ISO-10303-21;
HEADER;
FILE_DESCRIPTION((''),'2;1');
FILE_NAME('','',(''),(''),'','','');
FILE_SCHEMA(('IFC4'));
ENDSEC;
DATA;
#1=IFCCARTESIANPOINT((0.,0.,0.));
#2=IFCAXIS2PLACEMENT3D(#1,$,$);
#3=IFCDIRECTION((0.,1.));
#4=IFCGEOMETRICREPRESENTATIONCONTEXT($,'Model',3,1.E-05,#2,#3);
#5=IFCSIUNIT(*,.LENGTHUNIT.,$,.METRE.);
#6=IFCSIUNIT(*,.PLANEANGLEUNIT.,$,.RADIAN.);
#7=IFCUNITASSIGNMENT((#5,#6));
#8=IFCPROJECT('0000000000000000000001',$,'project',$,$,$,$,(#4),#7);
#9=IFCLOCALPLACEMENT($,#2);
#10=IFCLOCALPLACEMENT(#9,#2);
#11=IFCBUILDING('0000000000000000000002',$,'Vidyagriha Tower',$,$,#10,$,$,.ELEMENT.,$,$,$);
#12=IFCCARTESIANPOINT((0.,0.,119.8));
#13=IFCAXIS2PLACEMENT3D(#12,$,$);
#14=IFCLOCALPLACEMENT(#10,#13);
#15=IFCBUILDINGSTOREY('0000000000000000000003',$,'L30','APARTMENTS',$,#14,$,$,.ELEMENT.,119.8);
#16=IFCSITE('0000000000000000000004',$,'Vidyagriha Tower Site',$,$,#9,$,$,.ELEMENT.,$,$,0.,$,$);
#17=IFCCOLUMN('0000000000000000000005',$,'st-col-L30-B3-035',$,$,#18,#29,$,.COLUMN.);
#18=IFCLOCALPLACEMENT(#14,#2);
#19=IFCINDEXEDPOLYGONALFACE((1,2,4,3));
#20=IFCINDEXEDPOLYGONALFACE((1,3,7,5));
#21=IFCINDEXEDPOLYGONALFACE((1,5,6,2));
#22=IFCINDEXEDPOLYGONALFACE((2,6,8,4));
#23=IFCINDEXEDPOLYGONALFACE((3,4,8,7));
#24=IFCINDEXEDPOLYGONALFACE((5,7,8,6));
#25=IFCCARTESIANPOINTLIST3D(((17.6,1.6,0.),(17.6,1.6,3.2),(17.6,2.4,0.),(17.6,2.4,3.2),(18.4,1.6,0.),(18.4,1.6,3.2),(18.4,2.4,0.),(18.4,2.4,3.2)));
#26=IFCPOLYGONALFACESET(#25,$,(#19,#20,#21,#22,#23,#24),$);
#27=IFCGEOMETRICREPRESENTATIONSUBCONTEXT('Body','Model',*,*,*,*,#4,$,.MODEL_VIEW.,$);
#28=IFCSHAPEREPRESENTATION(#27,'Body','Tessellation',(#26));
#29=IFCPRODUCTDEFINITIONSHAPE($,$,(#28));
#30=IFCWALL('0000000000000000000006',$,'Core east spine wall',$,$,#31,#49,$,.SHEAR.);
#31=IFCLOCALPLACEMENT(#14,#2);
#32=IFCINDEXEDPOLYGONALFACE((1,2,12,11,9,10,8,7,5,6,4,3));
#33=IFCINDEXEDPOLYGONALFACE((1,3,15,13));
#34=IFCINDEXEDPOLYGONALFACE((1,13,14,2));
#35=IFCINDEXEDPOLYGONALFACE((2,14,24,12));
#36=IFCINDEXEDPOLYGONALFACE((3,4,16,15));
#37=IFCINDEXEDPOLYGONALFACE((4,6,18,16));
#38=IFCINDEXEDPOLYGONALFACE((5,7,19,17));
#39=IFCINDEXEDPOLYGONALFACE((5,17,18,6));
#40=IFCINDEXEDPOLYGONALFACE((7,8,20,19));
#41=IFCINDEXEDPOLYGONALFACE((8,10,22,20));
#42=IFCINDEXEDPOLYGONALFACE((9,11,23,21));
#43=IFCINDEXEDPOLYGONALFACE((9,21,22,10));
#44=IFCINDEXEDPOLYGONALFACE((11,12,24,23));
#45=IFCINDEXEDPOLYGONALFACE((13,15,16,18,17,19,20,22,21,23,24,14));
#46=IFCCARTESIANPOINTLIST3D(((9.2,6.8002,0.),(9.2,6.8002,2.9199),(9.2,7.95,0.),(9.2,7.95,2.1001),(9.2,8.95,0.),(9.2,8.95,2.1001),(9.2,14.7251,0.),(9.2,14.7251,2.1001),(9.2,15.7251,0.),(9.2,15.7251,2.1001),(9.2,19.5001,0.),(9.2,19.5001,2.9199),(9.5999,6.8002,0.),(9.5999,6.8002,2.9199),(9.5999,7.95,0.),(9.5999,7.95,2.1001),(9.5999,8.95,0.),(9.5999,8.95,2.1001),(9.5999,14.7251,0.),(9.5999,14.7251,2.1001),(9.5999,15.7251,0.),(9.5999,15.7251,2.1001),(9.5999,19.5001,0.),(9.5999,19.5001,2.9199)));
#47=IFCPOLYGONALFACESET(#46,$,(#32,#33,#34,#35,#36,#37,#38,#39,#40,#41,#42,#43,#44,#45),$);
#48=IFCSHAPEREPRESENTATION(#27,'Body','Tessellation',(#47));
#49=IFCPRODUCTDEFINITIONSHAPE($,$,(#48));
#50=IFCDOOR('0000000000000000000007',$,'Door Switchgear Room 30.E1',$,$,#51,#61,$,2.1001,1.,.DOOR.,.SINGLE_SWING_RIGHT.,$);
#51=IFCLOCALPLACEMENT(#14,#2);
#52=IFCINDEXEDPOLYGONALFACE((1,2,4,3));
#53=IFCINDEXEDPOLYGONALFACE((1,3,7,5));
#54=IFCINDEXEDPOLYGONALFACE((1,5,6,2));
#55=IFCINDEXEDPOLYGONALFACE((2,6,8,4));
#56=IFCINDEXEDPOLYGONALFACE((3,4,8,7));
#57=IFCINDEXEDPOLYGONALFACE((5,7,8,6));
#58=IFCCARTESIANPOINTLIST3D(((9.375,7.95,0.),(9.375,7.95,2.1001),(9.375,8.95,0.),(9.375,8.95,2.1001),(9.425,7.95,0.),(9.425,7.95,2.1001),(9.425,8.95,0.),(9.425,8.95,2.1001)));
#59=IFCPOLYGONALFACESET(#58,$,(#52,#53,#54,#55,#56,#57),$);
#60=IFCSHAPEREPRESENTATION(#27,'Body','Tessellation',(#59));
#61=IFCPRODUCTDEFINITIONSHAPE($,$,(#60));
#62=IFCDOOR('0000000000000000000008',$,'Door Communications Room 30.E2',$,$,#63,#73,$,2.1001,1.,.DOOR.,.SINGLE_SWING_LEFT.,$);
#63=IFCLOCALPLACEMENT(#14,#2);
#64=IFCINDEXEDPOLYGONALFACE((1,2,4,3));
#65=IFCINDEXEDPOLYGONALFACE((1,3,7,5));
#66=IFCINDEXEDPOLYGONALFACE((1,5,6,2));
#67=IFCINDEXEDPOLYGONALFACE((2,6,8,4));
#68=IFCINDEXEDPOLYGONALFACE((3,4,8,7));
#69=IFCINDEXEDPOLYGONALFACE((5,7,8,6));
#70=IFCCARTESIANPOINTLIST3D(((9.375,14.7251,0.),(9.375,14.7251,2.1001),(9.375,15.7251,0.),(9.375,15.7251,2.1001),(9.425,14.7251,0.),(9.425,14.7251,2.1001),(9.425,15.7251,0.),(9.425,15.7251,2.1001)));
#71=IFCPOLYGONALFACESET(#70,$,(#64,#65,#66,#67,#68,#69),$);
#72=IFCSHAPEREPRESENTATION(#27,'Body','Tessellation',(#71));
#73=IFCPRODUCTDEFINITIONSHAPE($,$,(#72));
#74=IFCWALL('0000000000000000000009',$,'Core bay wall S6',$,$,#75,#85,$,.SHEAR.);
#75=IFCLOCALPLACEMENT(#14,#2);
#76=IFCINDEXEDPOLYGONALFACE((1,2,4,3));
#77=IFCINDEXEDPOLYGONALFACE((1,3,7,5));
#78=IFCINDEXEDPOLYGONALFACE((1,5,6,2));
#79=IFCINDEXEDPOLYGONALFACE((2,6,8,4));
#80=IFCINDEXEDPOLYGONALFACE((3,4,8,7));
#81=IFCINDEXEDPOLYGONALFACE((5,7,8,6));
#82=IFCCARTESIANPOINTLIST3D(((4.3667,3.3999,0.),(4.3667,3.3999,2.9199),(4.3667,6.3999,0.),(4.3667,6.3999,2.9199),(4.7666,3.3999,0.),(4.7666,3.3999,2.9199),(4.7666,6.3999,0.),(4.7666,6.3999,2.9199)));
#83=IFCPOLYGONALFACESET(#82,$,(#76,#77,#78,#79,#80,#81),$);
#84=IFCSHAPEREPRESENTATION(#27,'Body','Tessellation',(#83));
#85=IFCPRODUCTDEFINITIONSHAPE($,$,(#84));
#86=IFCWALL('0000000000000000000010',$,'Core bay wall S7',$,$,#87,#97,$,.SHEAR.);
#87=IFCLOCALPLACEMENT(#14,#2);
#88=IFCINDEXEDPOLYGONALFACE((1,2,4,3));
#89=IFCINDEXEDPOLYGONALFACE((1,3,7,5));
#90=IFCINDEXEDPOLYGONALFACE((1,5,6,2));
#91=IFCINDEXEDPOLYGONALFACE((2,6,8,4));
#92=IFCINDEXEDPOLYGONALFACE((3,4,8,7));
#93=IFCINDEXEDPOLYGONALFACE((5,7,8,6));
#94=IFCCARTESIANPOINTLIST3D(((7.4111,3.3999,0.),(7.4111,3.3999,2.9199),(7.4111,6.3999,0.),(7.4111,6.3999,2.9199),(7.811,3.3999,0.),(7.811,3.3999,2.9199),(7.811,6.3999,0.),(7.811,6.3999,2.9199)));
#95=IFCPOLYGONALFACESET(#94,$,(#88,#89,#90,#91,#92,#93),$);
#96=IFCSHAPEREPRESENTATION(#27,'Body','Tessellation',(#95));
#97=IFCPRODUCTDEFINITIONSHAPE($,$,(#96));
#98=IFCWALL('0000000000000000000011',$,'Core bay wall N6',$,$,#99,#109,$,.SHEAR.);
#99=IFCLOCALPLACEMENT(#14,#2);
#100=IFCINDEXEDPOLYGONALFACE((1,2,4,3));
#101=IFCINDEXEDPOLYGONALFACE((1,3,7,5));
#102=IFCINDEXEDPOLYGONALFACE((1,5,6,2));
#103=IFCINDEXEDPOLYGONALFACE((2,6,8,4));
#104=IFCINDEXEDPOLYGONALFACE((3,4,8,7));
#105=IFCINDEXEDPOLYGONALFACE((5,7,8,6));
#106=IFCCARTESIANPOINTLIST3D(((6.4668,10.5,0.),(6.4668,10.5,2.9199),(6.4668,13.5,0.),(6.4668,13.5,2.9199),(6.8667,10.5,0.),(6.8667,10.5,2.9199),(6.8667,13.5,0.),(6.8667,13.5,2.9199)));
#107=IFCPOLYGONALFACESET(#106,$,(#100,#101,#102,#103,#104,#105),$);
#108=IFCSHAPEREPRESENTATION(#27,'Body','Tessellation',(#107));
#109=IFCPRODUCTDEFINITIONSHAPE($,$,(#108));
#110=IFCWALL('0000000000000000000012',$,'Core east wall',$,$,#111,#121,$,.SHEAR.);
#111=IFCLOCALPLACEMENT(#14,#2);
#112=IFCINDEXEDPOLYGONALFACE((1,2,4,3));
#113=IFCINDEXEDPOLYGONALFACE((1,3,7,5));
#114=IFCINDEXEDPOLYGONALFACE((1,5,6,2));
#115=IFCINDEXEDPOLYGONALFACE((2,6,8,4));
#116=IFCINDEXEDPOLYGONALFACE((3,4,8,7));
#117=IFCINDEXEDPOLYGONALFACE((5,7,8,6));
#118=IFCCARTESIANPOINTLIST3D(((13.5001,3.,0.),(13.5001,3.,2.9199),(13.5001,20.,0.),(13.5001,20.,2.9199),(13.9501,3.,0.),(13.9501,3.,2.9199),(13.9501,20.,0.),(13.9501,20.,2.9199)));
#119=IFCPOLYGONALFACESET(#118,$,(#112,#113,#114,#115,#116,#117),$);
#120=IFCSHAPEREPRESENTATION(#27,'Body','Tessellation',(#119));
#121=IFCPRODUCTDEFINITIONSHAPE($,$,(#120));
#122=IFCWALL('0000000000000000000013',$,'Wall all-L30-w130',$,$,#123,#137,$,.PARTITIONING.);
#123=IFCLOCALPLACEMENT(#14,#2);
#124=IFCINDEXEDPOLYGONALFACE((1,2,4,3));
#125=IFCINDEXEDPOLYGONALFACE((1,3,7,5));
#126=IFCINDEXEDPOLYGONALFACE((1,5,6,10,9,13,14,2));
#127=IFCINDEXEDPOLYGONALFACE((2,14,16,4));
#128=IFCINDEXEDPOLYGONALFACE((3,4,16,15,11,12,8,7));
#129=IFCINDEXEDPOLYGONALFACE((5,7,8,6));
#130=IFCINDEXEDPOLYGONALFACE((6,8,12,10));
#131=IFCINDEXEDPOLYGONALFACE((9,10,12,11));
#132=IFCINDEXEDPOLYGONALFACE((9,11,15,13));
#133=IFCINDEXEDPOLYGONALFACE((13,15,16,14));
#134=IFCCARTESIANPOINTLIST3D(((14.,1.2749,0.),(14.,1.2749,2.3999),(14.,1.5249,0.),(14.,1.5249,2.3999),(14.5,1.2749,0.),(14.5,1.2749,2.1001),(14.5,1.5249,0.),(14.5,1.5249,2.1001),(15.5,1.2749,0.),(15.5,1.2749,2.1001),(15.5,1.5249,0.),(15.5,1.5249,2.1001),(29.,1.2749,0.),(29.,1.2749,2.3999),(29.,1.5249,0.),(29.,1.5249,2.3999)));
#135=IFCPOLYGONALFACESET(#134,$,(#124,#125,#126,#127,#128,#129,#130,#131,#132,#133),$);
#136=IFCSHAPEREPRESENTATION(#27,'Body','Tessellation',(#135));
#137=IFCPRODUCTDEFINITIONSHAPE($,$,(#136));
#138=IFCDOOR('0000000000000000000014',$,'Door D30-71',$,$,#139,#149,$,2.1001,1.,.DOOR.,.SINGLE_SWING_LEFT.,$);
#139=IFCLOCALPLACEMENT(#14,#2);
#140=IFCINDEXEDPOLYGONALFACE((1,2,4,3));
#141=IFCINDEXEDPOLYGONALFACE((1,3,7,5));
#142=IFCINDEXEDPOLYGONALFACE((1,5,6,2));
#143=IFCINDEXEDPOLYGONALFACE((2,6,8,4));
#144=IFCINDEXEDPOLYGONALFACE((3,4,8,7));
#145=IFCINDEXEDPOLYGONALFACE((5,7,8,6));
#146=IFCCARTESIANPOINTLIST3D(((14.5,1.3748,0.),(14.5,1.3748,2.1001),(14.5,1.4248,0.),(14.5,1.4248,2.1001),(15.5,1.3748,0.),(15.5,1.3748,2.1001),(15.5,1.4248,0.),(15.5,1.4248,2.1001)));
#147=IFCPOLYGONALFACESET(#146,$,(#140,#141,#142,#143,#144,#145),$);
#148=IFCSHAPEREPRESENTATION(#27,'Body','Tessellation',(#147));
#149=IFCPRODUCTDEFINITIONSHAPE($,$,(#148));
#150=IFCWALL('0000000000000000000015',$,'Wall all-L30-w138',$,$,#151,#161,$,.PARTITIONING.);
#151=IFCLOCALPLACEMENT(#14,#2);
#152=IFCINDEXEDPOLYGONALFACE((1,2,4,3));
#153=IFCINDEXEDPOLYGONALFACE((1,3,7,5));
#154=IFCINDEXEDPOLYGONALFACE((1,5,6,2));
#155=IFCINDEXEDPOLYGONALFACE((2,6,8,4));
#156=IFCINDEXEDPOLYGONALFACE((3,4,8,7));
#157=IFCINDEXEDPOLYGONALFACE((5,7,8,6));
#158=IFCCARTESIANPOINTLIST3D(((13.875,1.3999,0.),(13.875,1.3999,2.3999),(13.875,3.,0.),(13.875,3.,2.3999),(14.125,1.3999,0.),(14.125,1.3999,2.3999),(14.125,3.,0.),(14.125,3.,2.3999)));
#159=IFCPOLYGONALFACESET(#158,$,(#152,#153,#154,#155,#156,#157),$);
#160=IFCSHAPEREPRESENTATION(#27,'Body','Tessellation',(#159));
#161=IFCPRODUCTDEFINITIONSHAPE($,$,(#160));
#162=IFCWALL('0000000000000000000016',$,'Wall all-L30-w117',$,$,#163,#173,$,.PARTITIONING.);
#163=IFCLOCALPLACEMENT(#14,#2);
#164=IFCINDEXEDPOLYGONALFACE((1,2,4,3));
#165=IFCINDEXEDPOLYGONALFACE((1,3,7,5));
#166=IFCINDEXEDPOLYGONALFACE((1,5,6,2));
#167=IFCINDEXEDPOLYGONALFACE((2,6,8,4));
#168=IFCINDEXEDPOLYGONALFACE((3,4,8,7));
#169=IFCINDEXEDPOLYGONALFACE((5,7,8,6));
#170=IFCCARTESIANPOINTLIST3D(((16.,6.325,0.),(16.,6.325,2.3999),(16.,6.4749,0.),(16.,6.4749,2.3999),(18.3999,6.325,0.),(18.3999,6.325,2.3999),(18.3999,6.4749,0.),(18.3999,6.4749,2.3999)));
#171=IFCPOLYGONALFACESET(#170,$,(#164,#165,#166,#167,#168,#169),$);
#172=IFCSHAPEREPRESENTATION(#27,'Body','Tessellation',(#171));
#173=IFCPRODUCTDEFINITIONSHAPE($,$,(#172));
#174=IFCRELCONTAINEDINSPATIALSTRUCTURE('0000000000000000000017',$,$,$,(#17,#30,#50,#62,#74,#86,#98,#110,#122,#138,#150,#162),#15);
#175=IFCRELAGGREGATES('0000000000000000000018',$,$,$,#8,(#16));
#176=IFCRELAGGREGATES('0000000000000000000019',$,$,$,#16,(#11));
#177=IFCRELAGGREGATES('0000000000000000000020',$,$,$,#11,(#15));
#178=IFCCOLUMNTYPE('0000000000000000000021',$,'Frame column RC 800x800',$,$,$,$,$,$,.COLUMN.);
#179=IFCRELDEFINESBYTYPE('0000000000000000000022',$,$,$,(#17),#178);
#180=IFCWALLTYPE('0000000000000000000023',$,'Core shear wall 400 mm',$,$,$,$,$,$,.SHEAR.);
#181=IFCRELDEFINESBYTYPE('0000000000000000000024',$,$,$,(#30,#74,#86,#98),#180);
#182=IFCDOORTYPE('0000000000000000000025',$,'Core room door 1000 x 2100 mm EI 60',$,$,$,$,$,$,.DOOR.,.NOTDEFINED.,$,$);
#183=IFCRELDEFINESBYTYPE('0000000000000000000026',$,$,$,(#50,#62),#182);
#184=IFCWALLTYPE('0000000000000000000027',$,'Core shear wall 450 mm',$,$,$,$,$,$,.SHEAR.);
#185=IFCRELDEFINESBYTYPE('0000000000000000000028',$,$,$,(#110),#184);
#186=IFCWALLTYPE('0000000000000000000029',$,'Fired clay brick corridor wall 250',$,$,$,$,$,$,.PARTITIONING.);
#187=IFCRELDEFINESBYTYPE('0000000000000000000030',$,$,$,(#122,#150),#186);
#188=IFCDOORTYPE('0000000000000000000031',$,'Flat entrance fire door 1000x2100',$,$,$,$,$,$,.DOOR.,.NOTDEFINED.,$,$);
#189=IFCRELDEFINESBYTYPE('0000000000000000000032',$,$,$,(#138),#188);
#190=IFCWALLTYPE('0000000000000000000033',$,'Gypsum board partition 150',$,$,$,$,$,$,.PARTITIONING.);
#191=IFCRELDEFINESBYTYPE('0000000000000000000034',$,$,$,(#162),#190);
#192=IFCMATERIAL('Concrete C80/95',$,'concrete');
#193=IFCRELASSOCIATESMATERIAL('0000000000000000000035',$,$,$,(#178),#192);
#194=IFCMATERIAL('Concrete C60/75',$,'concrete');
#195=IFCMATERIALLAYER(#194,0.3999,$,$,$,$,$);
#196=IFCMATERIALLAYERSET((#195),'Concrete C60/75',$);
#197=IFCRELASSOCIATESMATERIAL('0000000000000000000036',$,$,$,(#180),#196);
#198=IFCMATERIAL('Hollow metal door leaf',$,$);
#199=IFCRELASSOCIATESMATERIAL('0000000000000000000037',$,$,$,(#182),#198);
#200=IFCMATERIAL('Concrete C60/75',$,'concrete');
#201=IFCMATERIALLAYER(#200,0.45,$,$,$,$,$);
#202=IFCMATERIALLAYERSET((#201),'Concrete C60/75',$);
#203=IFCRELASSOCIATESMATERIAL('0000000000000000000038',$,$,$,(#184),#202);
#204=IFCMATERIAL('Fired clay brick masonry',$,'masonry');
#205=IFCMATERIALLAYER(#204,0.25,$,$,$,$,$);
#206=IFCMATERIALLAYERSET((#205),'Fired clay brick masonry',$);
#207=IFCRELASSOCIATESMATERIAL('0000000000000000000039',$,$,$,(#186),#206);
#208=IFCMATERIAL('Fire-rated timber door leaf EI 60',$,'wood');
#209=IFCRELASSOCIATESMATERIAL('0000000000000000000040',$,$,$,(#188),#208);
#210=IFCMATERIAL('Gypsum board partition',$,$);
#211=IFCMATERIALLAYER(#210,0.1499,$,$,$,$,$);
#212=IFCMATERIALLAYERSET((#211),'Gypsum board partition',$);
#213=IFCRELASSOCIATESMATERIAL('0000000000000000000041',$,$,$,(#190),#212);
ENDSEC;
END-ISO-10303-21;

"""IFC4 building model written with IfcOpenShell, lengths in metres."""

from ifc_helpers import new_model, si_unit, direction, frame, frame_2d, origin, origin_2d, place, context, subcontext, project, spatial, rectangle, extrude, material, layer, layer_set, material_profile, profile_set, type_object, element, fill, save


model = new_model("IFC4")

# Units and contexts
model_context = context("Model", 3, precision=1e-05, world=origin(), true_north=direction((0.0, 1.0)))
body_context = subcontext(model_context, "Body", "Model", "MODEL_VIEW")
ifc_project = project(units=[si_unit("LENGTHUNIT", "METRE"), si_unit("PLANEANGLEUNIT", "RADIAN")], contexts=[model_context])

# Site, building, storey
site_placement = place(None, origin())
site = spatial("IfcSite", under=ifc_project, at=site_placement, Name="Vidyagriha Tower Site", CompositionType="ELEMENT", RefElevation=0.0)
building_placement = place(site_placement, origin())
building = spatial("IfcBuilding", under=site, at=building_placement, Name="Vidyagriha Tower", CompositionType="ELEMENT")
storey_placement = place(building_placement, frame((0.0, 0.0, 119.8)))
storey = spatial("IfcBuildingStorey", under=building, at=storey_placement, Name="L30", Description="APARTMENTS", CompositionType="ELEMENT", Elevation=119.8)

# Column
ifc_material_1 = material(Name="Concrete C80/95", Category="concrete")
ifc_material_profile = material_profile(ifc_material_1, rectangle(XDim=0.8, YDim=0.8, at=origin_2d()), Name="RC 800x800")
ifc_profile_set = profile_set([ifc_material_profile], Name="Concrete C80/95")
column_type = type_object("IfcColumnType", Name="Frame column RC 800x800", PredefinedType="COLUMN", material=ifc_profile_set)
column_placement = place(storey_placement, frame((18.0, 2.0, 0.0)))
element("IfcColumn", 1, at=column_placement, inside=storey, type_object=column_type, Name="st-col-L30-B3-035", PredefinedType="COLUMN", context=body_context, shape_type="SweptSolid", body=[
    extrude(rectangle(XDim=0.8, YDim=0.8, at=origin_2d()), origin(), (0.0, 0.0, 1.0), 3.2),
])

# Wall, openings, doors
ifc_material_2 = material(Name="Concrete C60/75", Category="concrete")
ifc_layer_1 = layer(ifc_material_2, 0.3999)
ifc_layer_set_1 = layer_set([ifc_layer_1], Name="Concrete C60/75")
wall_type_1 = type_object("IfcWallType", Name="Core shear wall 400 mm", PredefinedType="SHEAR", material=ifc_layer_set_1)
wall_1_placement = place(storey_placement, frame((9.3999, 6.8, 0.0), z_axis=(0.0, 0.0, 1.0), x_axis=(0.0, 1.0, 0.0)))
wall_1 = element("IfcWall", 2, at=wall_1_placement, inside=storey, type_object=wall_type_1, Name="Core east spine wall", PredefinedType="SHEAR", context=body_context, shape_type="SweptSolid", body=[
    extrude(rectangle(XDim=12.7, YDim=0.3999, at=frame_2d((6.3501, 0.0))), origin(), (0.0, 0.0, 1.0), 2.9199),
])
opening_1_placement = place(wall_1_placement, frame((1.1499, 0.0, 0.0)))
opening_1 = element("IfcOpeningElement", 3, at=opening_1_placement, cuts=wall_1, PredefinedType="OPENING", context=body_context, shape_type="SweptSolid", body=[
    extrude(rectangle(XDim=1.0, YDim=2.1001, at=frame_2d((0.5, 1.05))), frame((0.0, 0.21, 0.0), z_axis=(0.0, -1.0, 0.0), x_axis=(1.0, 0.0, 0.0)), (0.0, 0.0, 1.0), 0.4199),
])
opening_2_placement = place(wall_1_placement, frame((7.925, 0.0, 0.0)))
opening_2 = element("IfcOpeningElement", 4, at=opening_2_placement, cuts=wall_1, PredefinedType="OPENING", context=body_context, shape_type="SweptSolid", body=[
    extrude(rectangle(XDim=1.0, YDim=2.1001, at=frame_2d((0.5, 1.05))), frame((0.0, 0.21, 0.0), z_axis=(0.0, -1.0, 0.0), x_axis=(1.0, 0.0, 0.0)), (0.0, 0.0, 1.0), 0.4199),
])
ifc_material_3 = material(Name="Hollow metal door leaf")
door_type_1 = type_object("IfcDoorType", Name="Core room door 1000 x 2100 mm EI 60", OperationType="NOTDEFINED", PredefinedType="DOOR", material=ifc_material_3)
door_1_placement = place(opening_1_placement, origin())
door_1 = element("IfcDoor", 5, at=door_1_placement, inside=storey, type_object=door_type_1, Name="Door Switchgear Room 30.E1", OperationType="SINGLE_SWING_RIGHT", OverallHeight=2.1001, OverallWidth=1.0, PredefinedType="DOOR", context=body_context, shape_type="SweptSolid", body=[
    extrude(rectangle(XDim=1.0, YDim=2.1001, at=frame_2d((0.5, 1.05))), frame((0.0, 0.0249, 0.0), z_axis=(0.0, -1.0, 0.0), x_axis=(1.0, 0.0, 0.0)), (0.0, 0.0, 1.0), 0.05),
])
fill(opening_1, door_1)
door_2_placement = place(opening_2_placement, origin())
door_2 = element("IfcDoor", 6, at=door_2_placement, inside=storey, type_object=door_type_1, Name="Door Communications Room 30.E2", OperationType="SINGLE_SWING_LEFT", OverallHeight=2.1001, OverallWidth=1.0, PredefinedType="DOOR", context=body_context, shape_type="SweptSolid", body=[
    extrude(rectangle(XDim=1.0, YDim=2.1001, at=frame_2d((0.5, 1.05))), frame((0.0, 0.0249, 0.0), z_axis=(0.0, -1.0, 0.0), x_axis=(1.0, 0.0, 0.0)), (0.0, 0.0, 1.0), 0.05),
])
fill(opening_2, door_2)

# Walls
for number, where, z_axis, x_axis, name in (
    (7, (4.5667, 3.3999, 0.0), (0.0, 0.0, 1.0), (0.0, 1.0, 0.0), "Core bay wall S6"),
    (8, (7.6111, 3.3999, 0.0), (0.0, 0.0, 1.0), (0.0, 1.0, 0.0), "Core bay wall S7"),
    (9, (6.6667, 10.5, 0.0), (0.0, 0.0, 1.0), (0.0, 1.0, 0.0), "Core bay wall N6"),
):
    element("IfcWall", number, at=place(storey_placement, frame(where, z_axis=z_axis, x_axis=x_axis)), inside=storey, type_object=wall_type_1, Name=name, PredefinedType="SHEAR", context=body_context, shape_type="SweptSolid", body=[
        extrude(rectangle(XDim=3.0, YDim=0.3999, at=frame_2d((1.5, 0.0))), origin(), (0.0, 0.0, 1.0), 2.9199),
    ])
ifc_material_4 = material(Name="Concrete C60/75", Category="concrete")
ifc_layer_2 = layer(ifc_material_4, 0.45)
ifc_layer_set_2 = layer_set([ifc_layer_2], Name="Concrete C60/75")
wall_type_2 = type_object("IfcWallType", Name="Core shear wall 450 mm", PredefinedType="SHEAR", material=ifc_layer_set_2)
wall_2_placement = place(storey_placement, frame((13.7251, 3.0, 0.0), z_axis=(0.0, 0.0, 1.0), x_axis=(0.0, 1.0, 0.0)))
element("IfcWall", 10, at=wall_2_placement, inside=storey, type_object=wall_type_2, Name="Core east wall", PredefinedType="SHEAR", context=body_context, shape_type="SweptSolid", body=[
    extrude(rectangle(XDim=17.0, YDim=0.45, at=frame_2d((8.5, 0.0))), origin(), (0.0, 0.0, 1.0), 2.9199),
])

# Wall, opening, door
ifc_material_5 = material(Name="Fired clay brick masonry", Category="masonry")
ifc_layer_3 = layer(ifc_material_5, 0.25)
ifc_layer_set_3 = layer_set([ifc_layer_3], Name="Fired clay brick masonry")
wall_type_3 = type_object("IfcWallType", Name="Fired clay brick corridor wall 250", PredefinedType="PARTITIONING", material=ifc_layer_set_3)
wall_3_placement = place(storey_placement, frame((14.0, 1.3999, 0.0)))
wall_3 = element("IfcWall", 11, at=wall_3_placement, inside=storey, type_object=wall_type_3, Name="Wall all-L30-w130", PredefinedType="PARTITIONING", context=body_context, shape_type="SweptSolid", body=[
    extrude(rectangle(XDim=15.0, YDim=0.25, at=frame_2d((7.5, 0.0))), origin(), (0.0, 0.0, 1.0), 2.3999),
])
opening_3_placement = place(wall_3_placement, frame((0.5, 0.0, 0.0)))
opening_3 = element("IfcOpeningElement", 12, at=opening_3_placement, cuts=wall_3, PredefinedType="OPENING", context=body_context, shape_type="SweptSolid", body=[
    extrude(rectangle(XDim=1.0, YDim=2.1001, at=frame_2d((0.5, 1.05))), frame((0.0, 0.135, 0.0), z_axis=(0.0, -1.0, 0.0), x_axis=(1.0, 0.0, 0.0)), (0.0, 0.0, 1.0), 0.27),
])
ifc_material_6 = material(Name="Fire-rated timber door leaf EI 60", Category="wood")
door_type_2 = type_object("IfcDoorType", Name="Flat entrance fire door 1000x2100", OperationType="NOTDEFINED", PredefinedType="DOOR", material=ifc_material_6)
door_3_placement = place(opening_3_placement, origin())
door_3 = element("IfcDoor", 13, at=door_3_placement, inside=storey, type_object=door_type_2, Name="Door D30-71", OperationType="SINGLE_SWING_LEFT", OverallHeight=2.1001, OverallWidth=1.0, PredefinedType="DOOR", context=body_context, shape_type="SweptSolid", body=[
    extrude(rectangle(XDim=1.0, YDim=2.1001, at=frame_2d((0.5, 1.05))), frame((0.0, 0.0249, 0.0), z_axis=(0.0, -1.0, 0.0), x_axis=(1.0, 0.0, 0.0)), (0.0, 0.0, 1.0), 0.05),
])
fill(opening_3, door_3)

# Walls
wall_4_placement = place(storey_placement, frame((14.0, 1.3999, 0.0), z_axis=(0.0, 0.0, 1.0), x_axis=(0.0, 1.0, 0.0)))
element("IfcWall", 14, at=wall_4_placement, inside=storey, type_object=wall_type_3, Name="Wall all-L30-w138", PredefinedType="PARTITIONING", context=body_context, shape_type="SweptSolid", body=[
    extrude(rectangle(XDim=1.6001, YDim=0.25, at=frame_2d((0.8, 0.0))), origin(), (0.0, 0.0, 1.0), 2.3999),
])
ifc_material_7 = material(Name="Gypsum board partition")
ifc_layer_4 = layer(ifc_material_7, 0.1499)
ifc_layer_set_4 = layer_set([ifc_layer_4], Name="Gypsum board partition")
wall_type_4 = type_object("IfcWallType", Name="Gypsum board partition 150", PredefinedType="PARTITIONING", material=ifc_layer_set_4)
wall_5_placement = place(storey_placement, frame((16.0, 6.3999, 0.0)))
element("IfcWall", 15, at=wall_5_placement, inside=storey, type_object=wall_type_4, Name="Wall all-L30-w117", PredefinedType="PARTITIONING", context=body_context, shape_type="SweptSolid", body=[
    extrude(rectangle(XDim=2.3999, YDim=0.1499, at=frame_2d((1.2, 0.0))), origin(), (0.0, 0.0, 1.0), 2.3999),
])

save(model, "model.ifc")
